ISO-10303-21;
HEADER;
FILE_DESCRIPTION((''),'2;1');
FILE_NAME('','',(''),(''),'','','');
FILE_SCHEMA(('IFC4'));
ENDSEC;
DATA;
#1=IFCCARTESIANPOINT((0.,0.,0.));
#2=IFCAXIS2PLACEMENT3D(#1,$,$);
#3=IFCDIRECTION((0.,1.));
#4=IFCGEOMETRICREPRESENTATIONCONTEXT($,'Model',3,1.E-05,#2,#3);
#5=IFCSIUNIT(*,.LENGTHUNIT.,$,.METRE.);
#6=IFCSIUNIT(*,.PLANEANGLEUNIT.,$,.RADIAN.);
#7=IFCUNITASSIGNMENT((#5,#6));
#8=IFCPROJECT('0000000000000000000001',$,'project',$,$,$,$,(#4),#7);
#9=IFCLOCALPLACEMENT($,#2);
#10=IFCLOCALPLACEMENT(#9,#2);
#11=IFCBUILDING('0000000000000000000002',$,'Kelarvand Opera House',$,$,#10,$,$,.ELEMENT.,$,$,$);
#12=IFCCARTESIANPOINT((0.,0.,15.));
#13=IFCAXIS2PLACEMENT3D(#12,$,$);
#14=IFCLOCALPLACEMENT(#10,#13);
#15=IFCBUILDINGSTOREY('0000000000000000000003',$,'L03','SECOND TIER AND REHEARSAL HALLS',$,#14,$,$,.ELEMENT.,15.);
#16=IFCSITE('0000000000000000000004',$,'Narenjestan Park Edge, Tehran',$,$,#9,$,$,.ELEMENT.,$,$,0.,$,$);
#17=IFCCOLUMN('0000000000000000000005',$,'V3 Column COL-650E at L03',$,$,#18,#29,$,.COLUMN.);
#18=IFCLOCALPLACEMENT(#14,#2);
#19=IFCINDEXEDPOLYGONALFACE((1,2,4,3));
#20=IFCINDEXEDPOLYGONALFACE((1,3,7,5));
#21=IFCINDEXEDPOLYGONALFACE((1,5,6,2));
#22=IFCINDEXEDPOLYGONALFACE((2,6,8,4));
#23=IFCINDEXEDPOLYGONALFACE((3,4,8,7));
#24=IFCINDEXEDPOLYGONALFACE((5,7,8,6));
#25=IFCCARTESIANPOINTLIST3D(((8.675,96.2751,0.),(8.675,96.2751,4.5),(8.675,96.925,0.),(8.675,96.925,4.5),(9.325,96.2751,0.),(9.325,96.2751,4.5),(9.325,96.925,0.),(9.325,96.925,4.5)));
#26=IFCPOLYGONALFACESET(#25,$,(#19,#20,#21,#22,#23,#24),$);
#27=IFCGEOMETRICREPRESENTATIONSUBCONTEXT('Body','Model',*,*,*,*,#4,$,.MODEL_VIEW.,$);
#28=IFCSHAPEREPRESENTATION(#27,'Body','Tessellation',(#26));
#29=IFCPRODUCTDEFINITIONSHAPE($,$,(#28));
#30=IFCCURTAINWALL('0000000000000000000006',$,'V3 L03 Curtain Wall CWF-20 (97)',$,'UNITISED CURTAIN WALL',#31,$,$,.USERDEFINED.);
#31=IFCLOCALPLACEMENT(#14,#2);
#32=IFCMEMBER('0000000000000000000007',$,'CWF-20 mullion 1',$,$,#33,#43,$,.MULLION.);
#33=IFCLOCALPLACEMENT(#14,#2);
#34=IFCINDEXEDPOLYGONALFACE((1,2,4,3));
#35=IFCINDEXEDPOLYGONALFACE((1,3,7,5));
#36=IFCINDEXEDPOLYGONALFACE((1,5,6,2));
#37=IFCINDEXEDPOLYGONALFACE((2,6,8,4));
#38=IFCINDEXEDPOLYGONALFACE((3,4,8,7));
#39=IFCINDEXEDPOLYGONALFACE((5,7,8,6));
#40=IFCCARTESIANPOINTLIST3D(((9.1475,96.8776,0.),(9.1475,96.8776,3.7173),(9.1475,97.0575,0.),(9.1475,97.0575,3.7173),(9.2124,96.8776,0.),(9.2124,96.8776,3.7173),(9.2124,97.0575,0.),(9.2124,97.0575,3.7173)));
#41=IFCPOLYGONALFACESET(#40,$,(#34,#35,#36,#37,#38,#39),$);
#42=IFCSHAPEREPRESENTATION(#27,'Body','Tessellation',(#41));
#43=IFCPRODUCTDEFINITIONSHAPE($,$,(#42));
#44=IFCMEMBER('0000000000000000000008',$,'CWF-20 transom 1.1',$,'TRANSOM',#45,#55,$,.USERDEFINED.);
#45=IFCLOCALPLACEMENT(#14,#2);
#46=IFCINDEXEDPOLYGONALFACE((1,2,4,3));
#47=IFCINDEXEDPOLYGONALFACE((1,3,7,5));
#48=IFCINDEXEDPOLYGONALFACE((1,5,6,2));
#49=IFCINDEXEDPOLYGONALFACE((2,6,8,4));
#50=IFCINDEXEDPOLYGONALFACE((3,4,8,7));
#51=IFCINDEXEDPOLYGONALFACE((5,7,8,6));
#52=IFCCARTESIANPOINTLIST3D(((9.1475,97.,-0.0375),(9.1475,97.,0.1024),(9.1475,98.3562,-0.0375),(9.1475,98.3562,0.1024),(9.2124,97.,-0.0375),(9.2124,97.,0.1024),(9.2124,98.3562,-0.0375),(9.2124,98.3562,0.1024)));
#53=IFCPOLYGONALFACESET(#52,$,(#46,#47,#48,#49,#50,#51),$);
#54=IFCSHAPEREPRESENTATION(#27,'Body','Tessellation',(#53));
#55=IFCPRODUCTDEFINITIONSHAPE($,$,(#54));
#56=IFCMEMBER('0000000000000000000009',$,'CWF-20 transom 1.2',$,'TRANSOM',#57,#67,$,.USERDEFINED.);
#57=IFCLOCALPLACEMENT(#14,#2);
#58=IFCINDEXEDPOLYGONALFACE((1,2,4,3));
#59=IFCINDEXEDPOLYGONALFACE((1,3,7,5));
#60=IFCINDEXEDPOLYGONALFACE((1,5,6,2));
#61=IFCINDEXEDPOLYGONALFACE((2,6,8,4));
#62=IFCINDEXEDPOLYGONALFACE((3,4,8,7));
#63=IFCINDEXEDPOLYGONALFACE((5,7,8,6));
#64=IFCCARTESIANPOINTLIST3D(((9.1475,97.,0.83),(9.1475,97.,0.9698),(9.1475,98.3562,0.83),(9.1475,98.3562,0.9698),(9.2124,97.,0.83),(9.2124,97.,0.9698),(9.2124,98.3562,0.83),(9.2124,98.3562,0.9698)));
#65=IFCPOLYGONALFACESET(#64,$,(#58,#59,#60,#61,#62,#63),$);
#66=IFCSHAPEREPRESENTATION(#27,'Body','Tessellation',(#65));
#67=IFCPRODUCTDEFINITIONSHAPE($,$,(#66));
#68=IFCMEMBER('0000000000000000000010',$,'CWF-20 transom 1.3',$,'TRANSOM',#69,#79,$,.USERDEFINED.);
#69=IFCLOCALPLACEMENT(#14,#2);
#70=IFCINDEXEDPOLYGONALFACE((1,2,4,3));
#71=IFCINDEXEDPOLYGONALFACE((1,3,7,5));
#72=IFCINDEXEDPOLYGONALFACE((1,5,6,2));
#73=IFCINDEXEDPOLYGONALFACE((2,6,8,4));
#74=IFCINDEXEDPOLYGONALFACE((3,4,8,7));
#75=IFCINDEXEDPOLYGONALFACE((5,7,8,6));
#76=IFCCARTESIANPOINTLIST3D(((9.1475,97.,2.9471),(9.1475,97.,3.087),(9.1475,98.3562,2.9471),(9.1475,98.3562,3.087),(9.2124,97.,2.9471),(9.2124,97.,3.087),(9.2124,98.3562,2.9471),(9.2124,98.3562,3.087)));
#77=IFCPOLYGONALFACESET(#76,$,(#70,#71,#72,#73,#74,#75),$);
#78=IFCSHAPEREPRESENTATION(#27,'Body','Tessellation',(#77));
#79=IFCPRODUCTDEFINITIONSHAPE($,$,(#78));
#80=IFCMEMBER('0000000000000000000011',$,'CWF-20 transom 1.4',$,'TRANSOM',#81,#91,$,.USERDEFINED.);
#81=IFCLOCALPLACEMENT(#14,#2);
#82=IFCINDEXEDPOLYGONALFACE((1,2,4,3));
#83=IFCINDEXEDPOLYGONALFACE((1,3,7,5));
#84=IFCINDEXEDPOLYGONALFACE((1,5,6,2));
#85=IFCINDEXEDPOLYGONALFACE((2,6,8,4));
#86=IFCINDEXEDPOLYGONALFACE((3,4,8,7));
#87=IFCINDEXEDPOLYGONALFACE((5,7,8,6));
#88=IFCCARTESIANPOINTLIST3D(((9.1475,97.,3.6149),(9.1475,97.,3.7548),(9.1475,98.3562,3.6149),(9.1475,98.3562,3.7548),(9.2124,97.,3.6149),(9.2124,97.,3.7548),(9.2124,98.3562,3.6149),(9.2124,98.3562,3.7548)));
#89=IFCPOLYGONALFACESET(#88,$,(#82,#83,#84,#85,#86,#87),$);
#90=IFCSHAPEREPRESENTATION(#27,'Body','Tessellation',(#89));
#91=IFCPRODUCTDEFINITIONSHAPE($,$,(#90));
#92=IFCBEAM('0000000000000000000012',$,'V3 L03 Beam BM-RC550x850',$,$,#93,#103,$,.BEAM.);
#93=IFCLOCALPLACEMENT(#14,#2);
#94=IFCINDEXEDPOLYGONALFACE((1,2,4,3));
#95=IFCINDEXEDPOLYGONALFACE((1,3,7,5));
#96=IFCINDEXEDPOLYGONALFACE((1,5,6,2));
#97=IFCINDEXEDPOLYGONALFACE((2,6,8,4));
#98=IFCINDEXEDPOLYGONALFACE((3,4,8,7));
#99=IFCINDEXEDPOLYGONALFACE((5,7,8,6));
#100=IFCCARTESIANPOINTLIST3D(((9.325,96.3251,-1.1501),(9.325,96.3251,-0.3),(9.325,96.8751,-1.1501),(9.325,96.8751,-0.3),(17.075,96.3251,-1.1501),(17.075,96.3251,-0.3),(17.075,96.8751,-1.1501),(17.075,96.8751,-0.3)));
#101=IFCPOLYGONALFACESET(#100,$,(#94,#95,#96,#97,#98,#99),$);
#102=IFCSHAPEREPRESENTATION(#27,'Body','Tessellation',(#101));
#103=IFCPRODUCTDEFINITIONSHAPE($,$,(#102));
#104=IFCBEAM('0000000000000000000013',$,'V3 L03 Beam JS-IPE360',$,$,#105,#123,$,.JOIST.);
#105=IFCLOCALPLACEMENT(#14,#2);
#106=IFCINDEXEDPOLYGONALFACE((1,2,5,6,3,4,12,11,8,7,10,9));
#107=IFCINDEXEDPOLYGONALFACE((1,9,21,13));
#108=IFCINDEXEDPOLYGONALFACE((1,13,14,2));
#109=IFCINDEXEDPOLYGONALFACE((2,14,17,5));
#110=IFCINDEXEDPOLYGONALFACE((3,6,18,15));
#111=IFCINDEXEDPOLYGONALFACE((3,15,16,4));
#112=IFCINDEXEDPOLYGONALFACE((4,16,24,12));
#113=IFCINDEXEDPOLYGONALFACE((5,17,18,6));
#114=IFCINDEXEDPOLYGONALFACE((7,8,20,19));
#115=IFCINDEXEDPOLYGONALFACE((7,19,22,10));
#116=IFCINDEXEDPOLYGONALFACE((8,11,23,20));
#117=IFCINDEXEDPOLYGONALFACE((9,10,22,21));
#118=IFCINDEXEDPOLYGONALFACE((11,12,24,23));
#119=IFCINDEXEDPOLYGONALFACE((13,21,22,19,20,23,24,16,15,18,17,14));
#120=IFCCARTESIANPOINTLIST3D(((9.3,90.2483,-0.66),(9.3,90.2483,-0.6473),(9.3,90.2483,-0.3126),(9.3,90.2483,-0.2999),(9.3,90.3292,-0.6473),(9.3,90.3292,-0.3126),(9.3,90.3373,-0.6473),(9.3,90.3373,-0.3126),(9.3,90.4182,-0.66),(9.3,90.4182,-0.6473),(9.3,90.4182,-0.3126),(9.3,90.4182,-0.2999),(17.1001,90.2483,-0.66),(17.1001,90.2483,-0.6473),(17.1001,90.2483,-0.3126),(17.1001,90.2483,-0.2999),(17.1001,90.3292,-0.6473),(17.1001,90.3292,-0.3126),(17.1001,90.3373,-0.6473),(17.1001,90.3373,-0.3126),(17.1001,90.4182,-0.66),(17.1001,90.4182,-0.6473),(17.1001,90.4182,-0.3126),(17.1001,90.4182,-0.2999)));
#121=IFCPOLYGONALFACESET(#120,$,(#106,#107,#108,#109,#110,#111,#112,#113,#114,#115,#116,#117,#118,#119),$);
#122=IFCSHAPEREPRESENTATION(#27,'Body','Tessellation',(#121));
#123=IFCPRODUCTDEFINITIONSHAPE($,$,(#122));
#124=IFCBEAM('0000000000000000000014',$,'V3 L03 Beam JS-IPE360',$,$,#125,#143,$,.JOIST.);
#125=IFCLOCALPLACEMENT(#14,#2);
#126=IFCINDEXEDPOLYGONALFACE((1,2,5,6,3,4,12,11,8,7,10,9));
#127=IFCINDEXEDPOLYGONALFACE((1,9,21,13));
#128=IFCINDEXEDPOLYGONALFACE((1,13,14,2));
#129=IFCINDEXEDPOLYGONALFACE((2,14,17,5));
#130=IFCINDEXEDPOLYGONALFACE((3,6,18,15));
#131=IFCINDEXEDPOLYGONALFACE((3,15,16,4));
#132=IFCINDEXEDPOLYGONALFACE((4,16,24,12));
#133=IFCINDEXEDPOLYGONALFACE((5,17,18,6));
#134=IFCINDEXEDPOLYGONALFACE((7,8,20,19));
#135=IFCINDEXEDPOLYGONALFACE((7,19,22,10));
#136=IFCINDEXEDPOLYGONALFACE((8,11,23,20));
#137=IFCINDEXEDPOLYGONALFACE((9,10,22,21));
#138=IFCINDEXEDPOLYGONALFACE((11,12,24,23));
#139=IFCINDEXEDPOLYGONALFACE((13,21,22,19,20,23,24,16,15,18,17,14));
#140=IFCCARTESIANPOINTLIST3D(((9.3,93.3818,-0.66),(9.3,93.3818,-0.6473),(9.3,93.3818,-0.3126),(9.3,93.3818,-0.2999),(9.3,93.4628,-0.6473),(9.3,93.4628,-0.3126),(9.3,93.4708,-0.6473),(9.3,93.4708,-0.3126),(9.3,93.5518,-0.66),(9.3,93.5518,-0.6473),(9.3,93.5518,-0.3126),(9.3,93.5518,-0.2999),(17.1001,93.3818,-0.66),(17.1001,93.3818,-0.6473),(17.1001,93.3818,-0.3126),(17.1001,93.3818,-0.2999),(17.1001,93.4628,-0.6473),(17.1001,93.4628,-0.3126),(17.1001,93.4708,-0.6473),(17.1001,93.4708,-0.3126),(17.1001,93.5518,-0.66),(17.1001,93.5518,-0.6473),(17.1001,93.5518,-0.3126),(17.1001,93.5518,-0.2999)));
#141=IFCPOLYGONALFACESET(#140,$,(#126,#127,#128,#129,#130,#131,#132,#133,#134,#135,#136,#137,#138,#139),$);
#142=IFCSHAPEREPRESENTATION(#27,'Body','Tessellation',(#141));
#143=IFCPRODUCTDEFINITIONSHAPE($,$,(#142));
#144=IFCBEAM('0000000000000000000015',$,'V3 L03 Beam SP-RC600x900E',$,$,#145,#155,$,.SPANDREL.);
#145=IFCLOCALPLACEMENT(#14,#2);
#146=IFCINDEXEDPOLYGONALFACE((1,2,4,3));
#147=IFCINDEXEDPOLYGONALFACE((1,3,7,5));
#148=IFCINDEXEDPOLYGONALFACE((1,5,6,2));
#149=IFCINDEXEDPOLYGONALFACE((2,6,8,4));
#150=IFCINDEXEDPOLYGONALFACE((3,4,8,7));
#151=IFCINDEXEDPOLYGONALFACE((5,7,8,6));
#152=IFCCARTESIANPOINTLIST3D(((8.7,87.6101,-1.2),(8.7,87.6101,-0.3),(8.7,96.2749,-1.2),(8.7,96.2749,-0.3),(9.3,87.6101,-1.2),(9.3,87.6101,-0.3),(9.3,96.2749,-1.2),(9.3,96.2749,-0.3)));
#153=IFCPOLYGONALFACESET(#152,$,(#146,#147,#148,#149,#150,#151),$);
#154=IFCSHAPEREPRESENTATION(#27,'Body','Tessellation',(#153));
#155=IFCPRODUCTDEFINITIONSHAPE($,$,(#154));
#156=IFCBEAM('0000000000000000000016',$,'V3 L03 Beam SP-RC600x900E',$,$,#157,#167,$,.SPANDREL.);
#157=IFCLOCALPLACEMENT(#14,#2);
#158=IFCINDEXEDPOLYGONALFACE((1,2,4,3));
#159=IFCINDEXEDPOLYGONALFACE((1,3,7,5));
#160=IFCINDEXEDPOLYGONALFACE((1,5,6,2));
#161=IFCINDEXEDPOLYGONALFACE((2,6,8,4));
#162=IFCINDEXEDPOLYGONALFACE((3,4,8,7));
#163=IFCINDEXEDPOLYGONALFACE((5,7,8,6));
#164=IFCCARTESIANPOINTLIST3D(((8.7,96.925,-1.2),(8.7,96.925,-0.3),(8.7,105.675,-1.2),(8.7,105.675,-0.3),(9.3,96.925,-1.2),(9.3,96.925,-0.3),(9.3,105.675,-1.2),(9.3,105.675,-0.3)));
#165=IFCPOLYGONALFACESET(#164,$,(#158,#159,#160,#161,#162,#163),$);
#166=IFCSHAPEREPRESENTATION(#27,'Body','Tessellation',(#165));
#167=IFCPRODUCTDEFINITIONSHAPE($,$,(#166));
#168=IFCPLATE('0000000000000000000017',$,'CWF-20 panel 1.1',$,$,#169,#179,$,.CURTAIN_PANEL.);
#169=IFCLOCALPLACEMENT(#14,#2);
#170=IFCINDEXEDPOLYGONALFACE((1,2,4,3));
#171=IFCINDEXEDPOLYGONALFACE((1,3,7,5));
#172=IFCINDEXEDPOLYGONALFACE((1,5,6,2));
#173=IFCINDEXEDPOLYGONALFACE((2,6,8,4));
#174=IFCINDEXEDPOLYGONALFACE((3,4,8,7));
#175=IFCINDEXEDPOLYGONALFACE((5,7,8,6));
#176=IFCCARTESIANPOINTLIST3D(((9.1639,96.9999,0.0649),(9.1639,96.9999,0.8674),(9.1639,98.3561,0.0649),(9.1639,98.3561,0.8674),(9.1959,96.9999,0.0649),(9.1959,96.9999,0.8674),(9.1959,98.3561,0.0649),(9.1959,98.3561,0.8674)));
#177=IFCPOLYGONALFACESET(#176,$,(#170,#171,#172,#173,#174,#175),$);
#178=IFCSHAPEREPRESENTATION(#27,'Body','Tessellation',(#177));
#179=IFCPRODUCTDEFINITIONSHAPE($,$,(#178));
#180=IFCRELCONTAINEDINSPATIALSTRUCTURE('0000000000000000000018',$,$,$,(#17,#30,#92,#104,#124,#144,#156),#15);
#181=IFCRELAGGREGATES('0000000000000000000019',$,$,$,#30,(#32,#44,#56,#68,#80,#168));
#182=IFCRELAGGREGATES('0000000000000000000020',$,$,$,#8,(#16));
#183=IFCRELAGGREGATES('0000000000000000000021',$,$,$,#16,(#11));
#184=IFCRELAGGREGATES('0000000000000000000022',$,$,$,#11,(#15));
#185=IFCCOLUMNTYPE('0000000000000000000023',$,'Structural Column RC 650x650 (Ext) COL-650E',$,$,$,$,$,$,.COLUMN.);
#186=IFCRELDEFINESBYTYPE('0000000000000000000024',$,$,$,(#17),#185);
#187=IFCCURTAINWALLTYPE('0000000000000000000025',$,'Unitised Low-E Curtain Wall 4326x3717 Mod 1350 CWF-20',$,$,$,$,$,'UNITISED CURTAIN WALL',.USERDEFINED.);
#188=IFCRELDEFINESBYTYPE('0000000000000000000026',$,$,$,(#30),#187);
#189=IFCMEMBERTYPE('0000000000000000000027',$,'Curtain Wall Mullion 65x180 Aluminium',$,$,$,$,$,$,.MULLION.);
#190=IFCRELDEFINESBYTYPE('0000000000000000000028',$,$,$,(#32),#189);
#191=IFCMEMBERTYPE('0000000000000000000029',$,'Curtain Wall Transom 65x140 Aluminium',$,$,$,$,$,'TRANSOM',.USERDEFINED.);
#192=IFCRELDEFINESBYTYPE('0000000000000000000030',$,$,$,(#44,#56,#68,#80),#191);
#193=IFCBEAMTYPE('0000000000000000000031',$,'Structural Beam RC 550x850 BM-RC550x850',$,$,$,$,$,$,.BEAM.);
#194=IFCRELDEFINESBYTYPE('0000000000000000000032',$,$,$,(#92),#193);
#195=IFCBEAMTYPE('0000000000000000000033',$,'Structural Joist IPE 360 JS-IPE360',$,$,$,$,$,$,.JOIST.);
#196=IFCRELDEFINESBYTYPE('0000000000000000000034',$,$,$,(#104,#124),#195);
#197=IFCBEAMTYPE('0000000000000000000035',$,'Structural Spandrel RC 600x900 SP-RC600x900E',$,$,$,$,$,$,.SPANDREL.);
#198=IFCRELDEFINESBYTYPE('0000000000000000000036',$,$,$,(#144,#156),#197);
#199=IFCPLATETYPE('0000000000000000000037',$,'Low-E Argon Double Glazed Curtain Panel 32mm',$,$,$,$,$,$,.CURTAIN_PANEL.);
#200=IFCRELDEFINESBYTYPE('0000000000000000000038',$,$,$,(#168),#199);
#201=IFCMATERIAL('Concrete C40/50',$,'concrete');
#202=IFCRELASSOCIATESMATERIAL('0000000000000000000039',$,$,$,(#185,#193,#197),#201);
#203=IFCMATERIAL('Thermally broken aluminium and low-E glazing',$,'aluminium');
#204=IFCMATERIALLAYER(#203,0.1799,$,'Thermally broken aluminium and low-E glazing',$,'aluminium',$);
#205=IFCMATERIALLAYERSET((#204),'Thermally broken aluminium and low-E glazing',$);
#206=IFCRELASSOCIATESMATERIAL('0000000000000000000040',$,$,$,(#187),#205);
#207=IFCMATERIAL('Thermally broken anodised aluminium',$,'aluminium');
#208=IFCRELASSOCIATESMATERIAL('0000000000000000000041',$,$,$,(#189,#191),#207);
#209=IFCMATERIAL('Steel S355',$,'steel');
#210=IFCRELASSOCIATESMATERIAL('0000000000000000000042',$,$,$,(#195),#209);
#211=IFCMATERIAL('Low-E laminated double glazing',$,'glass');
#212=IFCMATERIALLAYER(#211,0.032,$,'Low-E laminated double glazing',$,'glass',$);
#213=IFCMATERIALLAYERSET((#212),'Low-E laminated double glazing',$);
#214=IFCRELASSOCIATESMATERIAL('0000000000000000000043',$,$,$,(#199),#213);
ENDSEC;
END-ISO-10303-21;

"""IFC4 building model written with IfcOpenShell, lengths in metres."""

from ifc_helpers import new_model, si_unit, direction, frame, origin, origin_2d, place, context, subcontext, project, spatial, rectangle, i_section, extrude, material, layer, layer_set, material_profile, profile_set, type_object, element, aggregate, save


model = new_model("IFC4")

# Units and contexts
model_context = context("Model", 3, precision=1e-05, world=origin(), true_north=direction((0.0, 1.0)))
body_context = subcontext(model_context, "Body", "Model", "MODEL_VIEW")
ifc_project = project(units=[si_unit("LENGTHUNIT", "METRE"), si_unit("PLANEANGLEUNIT", "RADIAN")], contexts=[model_context])

# Site, building, storey
site_placement = place(None, origin())
site = spatial("IfcSite", under=ifc_project, at=site_placement, Name="Narenjestan Park Edge, Tehran", CompositionType="ELEMENT", RefElevation=0.0)
building_placement = place(site_placement, origin())
building = spatial("IfcBuilding", under=site, at=building_placement, Name="Kelarvand Opera House", CompositionType="ELEMENT")
storey_placement = place(building_placement, frame((0.0, 0.0, 15.0)))
storey = spatial("IfcBuildingStorey", under=building, at=storey_placement, Name="L03", Description="SECOND TIER AND REHEARSAL HALLS", CompositionType="ELEMENT", Elevation=15.0)

# Column
ifc_material_1 = material(Name="Concrete C40/50", Category="concrete")
ifc_material_profile_1 = material_profile(ifc_material_1, rectangle(XDim=0.6499, YDim=0.6499, at=origin_2d()), Name="RC 650x650", Category="concrete")
ifc_profile_set_1 = profile_set([ifc_material_profile_1], Name="Concrete C40/50")
column_type = type_object("IfcColumnType", Name="Structural Column RC 650x650 (Ext) COL-650E", PredefinedType="COLUMN", material=ifc_profile_set_1)
column_placement = place(storey_placement, frame((9.0, 96.6001, 0.0), z_axis=(0.0, 0.0, 1.0), x_axis=(1.0, 0.0, 0.0)))
element("IfcColumn", 1, at=column_placement, inside=storey, type_object=column_type, Name="V3 Column COL-650E at L03", PredefinedType="COLUMN", context=body_context, shape_type="SweptSolid", body=[
    extrude(rectangle(XDim=0.6499, YDim=0.6499, at=origin_2d()), origin(), (0.0, 0.0, 1.0), 4.5),
])

# Curtain wall, members
ifc_material_2 = material(Name="Thermally broken aluminium and low-E glazing", Category="aluminium")
ifc_layer_1 = layer(ifc_material_2, 0.1799, Name="Thermally broken aluminium and low-E glazing", Category="aluminium")
ifc_layer_set_1 = layer_set([ifc_layer_1], Name="Thermally broken aluminium and low-E glazing")
curtain_wall_type = type_object("IfcCurtainWallType", Name="Unitised Low-E Curtain Wall 4326x3717 Mod 1350 CWF-20", ElementType="UNITISED CURTAIN WALL", PredefinedType="USERDEFINED", material=ifc_layer_set_1)
curtain_wall_placement = place(storey_placement, origin())
curtain_wall = element("IfcCurtainWall", 2, at=curtain_wall_placement, inside=storey, type_object=curtain_wall_type, Name="V3 L03 Curtain Wall CWF-20 (97)", ObjectType="UNITISED CURTAIN WALL", PredefinedType="USERDEFINED")
ifc_material_3 = material(Name="Thermally broken anodised aluminium", Category="aluminium")
ifc_material_profile_2 = material_profile(ifc_material_3, rectangle(XDim=0.0649, YDim=0.1799, at=origin_2d()), Name="ALU MULLION 65x180", Category="aluminium")
ifc_profile_set_2 = profile_set([ifc_material_profile_2], Name="Thermally broken anodised aluminium")
member_type_1 = type_object("IfcMemberType", Name="Curtain Wall Mullion 65x180 Aluminium", PredefinedType="MULLION", material=ifc_profile_set_2)
member_1_placement = place(storey_placement, frame((9.1799, 96.9675, 0.0), z_axis=(0.0, 0.0, 1.0), x_axis=(-1.0, 0.0, 0.0)))
member_1 = element("IfcMember", 3, at=member_1_placement, type_object=member_type_1, Name="CWF-20 mullion 1", PredefinedType="MULLION", context=body_context, shape_type="SweptSolid", body=[
    extrude(rectangle(XDim=0.0649, YDim=0.1799, at=origin_2d()), origin(), (0.0, 0.0, 1.0), 3.7173),
])
ifc_material_profile_3 = material_profile(ifc_material_3, rectangle(XDim=0.0649, YDim=0.1399, at=origin_2d()), Name="ALU TRANSOM 65x140", Category="aluminium")
ifc_profile_set_3 = profile_set([ifc_material_profile_3], Name="Thermally broken anodised aluminium")
member_type_2 = type_object("IfcMemberType", Name="Curtain Wall Transom 65x140 Aluminium", ElementType="TRANSOM", PredefinedType="USERDEFINED", material=ifc_profile_set_3)
member_2_placement = place(storey_placement, frame((9.1799, 97.0, 0.0325), z_axis=(0.0, 1.0, 0.0), x_axis=(-1.0, 0.0, 0.0)))
member_2 = element("IfcMember", 4, at=member_2_placement, type_object=member_type_2, Name="CWF-20 transom 1.1", ObjectType="TRANSOM", PredefinedType="USERDEFINED", context=body_context, shape_type="SweptSolid", body=[
    extrude(rectangle(XDim=0.0649, YDim=0.1399, at=origin_2d()), origin(), (0.0, 0.0, 1.0), 1.3562),
])
member_3_placement = place(storey_placement, frame((9.1799, 97.0, 0.8999), z_axis=(0.0, 1.0, 0.0), x_axis=(-1.0, 0.0, 0.0)))
member_3 = element("IfcMember", 5, at=member_3_placement, type_object=member_type_2, Name="CWF-20 transom 1.2", ObjectType="TRANSOM", PredefinedType="USERDEFINED", context=body_context, shape_type="SweptSolid", body=[
    extrude(rectangle(XDim=0.0649, YDim=0.1399, at=origin_2d()), origin(), (0.0, 0.0, 1.0), 1.3562),
])
member_4_placement = place(storey_placement, frame((9.1799, 97.0, 3.0171), z_axis=(0.0, 1.0, 0.0), x_axis=(-1.0, 0.0, 0.0)))
member_4 = element("IfcMember", 6, at=member_4_placement, type_object=member_type_2, Name="CWF-20 transom 1.3", ObjectType="TRANSOM", PredefinedType="USERDEFINED", context=body_context, shape_type="SweptSolid", body=[
    extrude(rectangle(XDim=0.0649, YDim=0.1399, at=origin_2d()), origin(), (0.0, 0.0, 1.0), 1.3562),
])
member_5_placement = place(storey_placement, frame((9.1799, 97.0, 3.6848), z_axis=(0.0, 1.0, 0.0), x_axis=(-1.0, 0.0, 0.0)))
member_5 = element("IfcMember", 7, at=member_5_placement, type_object=member_type_2, Name="CWF-20 transom 1.4", ObjectType="TRANSOM", PredefinedType="USERDEFINED", context=body_context, shape_type="SweptSolid", body=[
    extrude(rectangle(XDim=0.0649, YDim=0.1399, at=origin_2d()), origin(), (0.0, 0.0, 1.0), 1.3562),
])

# Beams
ifc_material_profile_4 = material_profile(ifc_material_1, rectangle(XDim=0.55, YDim=0.8501, at=origin_2d()), Name="RC 550x850", Category="concrete")
ifc_profile_set_4 = profile_set([ifc_material_profile_4], Name="Concrete C40/50")
beam_type_1 = type_object("IfcBeamType", Name="Structural Beam RC 550x850 BM-RC550x850", PredefinedType="BEAM", material=ifc_profile_set_4)
beam_1_placement = place(storey_placement, frame((9.325, 96.6001, -0.7251), z_axis=(1.0, 0.0, 0.0), x_axis=(0.0, 1.0, 0.0)))
element("IfcBeam", 8, at=beam_1_placement, inside=storey, type_object=beam_type_1, Name="V3 L03 Beam BM-RC550x850", PredefinedType="BEAM", context=body_context, shape_type="SweptSolid", body=[
    extrude(rectangle(XDim=0.55, YDim=0.8501, at=origin_2d()), origin(), (0.0, 0.0, 1.0), 7.75),
])
ifc_material_4 = material(Name="Steel S355", Category="steel")
ifc_material_profile_5 = material_profile(ifc_material_4, i_section(OverallWidth=0.1699, OverallDepth=0.3601, WebThickness=0.0081, FlangeThickness=0.0127, at=origin_2d()), Name="IPE 360", Category="steel")
ifc_profile_set_5 = profile_set([ifc_material_profile_5], Name="Steel S355")
beam_type_2 = type_object("IfcBeamType", Name="Structural Joist IPE 360 JS-IPE360", PredefinedType="JOIST", material=ifc_profile_set_5)
for number, where, z_axis, x_axis, name in (
    (9, (9.3, 90.3333, -0.48), (1.0, 0.0, 0.0), (0.0, 1.0, 0.0), "V3 L03 Beam JS-IPE360"),
    (10, (9.3, 93.4668, -0.48), (1.0, 0.0, 0.0), (0.0, 1.0, 0.0), "V3 L03 Beam JS-IPE360"),
):
    element("IfcBeam", number, at=place(storey_placement, frame(where, z_axis=z_axis, x_axis=x_axis)), inside=storey, type_object=beam_type_2, Name=name, PredefinedType="JOIST", context=body_context, shape_type="SweptSolid", body=[
        extrude(i_section(OverallWidth=0.1699, OverallDepth=0.3601, WebThickness=0.0081, FlangeThickness=0.0127, at=origin_2d()), origin(), (0.0, 0.0, 1.0), 7.8),
    ])
ifc_material_profile_6 = material_profile(ifc_material_1, rectangle(XDim=0.6001, YDim=0.8999, at=origin_2d()), Name="RC 600x900", Category="concrete")
ifc_profile_set_6 = profile_set([ifc_material_profile_6], Name="Concrete C40/50")
beam_type_3 = type_object("IfcBeamType", Name="Structural Spandrel RC 600x900 SP-RC600x900E", PredefinedType="SPANDREL", material=ifc_profile_set_6)
beam_2_placement = place(storey_placement, frame((9.0, 87.6101, -0.75), z_axis=(0.0, 1.0, 0.0), x_axis=(-1.0, 0.0, 0.0)))
element("IfcBeam", 11, at=beam_2_placement, inside=storey, type_object=beam_type_3, Name="V3 L03 Beam SP-RC600x900E", PredefinedType="SPANDREL", context=body_context, shape_type="SweptSolid", body=[
    extrude(rectangle(XDim=0.6001, YDim=0.8999, at=origin_2d()), origin(), (0.0, 0.0, 1.0), 8.6648),
])
beam_3_placement = place(storey_placement, frame((9.0, 96.925, -0.75), z_axis=(0.0, 1.0, 0.0), x_axis=(-1.0, 0.0, 0.0)))
element("IfcBeam", 12, at=beam_3_placement, inside=storey, type_object=beam_type_3, Name="V3 L03 Beam SP-RC600x900E", PredefinedType="SPANDREL", context=body_context, shape_type="SweptSolid", body=[
    extrude(rectangle(XDim=0.6001, YDim=0.8999, at=origin_2d()), origin(), (0.0, 0.0, 1.0), 8.75),
])

# Plate
ifc_material_5 = material(Name="Low-E laminated double glazing", Category="glass")
ifc_layer_2 = layer(ifc_material_5, 0.032, Name="Low-E laminated double glazing", Category="glass")
ifc_layer_set_2 = layer_set([ifc_layer_2], Name="Low-E laminated double glazing")
plate_type = type_object("IfcPlateType", Name="Low-E Argon Double Glazed Curtain Panel 32mm", PredefinedType="CURTAIN_PANEL", material=ifc_layer_set_2)
plate_1_placement = place(storey_placement, frame((9.1799, 97.678, 0.0649), z_axis=(0.0, 0.0, 1.0), x_axis=(0.0, 1.0, 0.0)))
plate_1 = element("IfcPlate", 13, at=plate_1_placement, type_object=plate_type, Name="CWF-20 panel 1.1", PredefinedType="CURTAIN_PANEL", context=body_context, shape_type="SweptSolid", body=[
    extrude(rectangle(XDim=1.3562, YDim=0.032, at=origin_2d()), origin(), (0.0, 0.0, 1.0), 0.8025),
])
aggregate(curtain_wall, [member_1, member_2, member_3, member_4, member_5, plate_1])

save(model, "model.ifc")
